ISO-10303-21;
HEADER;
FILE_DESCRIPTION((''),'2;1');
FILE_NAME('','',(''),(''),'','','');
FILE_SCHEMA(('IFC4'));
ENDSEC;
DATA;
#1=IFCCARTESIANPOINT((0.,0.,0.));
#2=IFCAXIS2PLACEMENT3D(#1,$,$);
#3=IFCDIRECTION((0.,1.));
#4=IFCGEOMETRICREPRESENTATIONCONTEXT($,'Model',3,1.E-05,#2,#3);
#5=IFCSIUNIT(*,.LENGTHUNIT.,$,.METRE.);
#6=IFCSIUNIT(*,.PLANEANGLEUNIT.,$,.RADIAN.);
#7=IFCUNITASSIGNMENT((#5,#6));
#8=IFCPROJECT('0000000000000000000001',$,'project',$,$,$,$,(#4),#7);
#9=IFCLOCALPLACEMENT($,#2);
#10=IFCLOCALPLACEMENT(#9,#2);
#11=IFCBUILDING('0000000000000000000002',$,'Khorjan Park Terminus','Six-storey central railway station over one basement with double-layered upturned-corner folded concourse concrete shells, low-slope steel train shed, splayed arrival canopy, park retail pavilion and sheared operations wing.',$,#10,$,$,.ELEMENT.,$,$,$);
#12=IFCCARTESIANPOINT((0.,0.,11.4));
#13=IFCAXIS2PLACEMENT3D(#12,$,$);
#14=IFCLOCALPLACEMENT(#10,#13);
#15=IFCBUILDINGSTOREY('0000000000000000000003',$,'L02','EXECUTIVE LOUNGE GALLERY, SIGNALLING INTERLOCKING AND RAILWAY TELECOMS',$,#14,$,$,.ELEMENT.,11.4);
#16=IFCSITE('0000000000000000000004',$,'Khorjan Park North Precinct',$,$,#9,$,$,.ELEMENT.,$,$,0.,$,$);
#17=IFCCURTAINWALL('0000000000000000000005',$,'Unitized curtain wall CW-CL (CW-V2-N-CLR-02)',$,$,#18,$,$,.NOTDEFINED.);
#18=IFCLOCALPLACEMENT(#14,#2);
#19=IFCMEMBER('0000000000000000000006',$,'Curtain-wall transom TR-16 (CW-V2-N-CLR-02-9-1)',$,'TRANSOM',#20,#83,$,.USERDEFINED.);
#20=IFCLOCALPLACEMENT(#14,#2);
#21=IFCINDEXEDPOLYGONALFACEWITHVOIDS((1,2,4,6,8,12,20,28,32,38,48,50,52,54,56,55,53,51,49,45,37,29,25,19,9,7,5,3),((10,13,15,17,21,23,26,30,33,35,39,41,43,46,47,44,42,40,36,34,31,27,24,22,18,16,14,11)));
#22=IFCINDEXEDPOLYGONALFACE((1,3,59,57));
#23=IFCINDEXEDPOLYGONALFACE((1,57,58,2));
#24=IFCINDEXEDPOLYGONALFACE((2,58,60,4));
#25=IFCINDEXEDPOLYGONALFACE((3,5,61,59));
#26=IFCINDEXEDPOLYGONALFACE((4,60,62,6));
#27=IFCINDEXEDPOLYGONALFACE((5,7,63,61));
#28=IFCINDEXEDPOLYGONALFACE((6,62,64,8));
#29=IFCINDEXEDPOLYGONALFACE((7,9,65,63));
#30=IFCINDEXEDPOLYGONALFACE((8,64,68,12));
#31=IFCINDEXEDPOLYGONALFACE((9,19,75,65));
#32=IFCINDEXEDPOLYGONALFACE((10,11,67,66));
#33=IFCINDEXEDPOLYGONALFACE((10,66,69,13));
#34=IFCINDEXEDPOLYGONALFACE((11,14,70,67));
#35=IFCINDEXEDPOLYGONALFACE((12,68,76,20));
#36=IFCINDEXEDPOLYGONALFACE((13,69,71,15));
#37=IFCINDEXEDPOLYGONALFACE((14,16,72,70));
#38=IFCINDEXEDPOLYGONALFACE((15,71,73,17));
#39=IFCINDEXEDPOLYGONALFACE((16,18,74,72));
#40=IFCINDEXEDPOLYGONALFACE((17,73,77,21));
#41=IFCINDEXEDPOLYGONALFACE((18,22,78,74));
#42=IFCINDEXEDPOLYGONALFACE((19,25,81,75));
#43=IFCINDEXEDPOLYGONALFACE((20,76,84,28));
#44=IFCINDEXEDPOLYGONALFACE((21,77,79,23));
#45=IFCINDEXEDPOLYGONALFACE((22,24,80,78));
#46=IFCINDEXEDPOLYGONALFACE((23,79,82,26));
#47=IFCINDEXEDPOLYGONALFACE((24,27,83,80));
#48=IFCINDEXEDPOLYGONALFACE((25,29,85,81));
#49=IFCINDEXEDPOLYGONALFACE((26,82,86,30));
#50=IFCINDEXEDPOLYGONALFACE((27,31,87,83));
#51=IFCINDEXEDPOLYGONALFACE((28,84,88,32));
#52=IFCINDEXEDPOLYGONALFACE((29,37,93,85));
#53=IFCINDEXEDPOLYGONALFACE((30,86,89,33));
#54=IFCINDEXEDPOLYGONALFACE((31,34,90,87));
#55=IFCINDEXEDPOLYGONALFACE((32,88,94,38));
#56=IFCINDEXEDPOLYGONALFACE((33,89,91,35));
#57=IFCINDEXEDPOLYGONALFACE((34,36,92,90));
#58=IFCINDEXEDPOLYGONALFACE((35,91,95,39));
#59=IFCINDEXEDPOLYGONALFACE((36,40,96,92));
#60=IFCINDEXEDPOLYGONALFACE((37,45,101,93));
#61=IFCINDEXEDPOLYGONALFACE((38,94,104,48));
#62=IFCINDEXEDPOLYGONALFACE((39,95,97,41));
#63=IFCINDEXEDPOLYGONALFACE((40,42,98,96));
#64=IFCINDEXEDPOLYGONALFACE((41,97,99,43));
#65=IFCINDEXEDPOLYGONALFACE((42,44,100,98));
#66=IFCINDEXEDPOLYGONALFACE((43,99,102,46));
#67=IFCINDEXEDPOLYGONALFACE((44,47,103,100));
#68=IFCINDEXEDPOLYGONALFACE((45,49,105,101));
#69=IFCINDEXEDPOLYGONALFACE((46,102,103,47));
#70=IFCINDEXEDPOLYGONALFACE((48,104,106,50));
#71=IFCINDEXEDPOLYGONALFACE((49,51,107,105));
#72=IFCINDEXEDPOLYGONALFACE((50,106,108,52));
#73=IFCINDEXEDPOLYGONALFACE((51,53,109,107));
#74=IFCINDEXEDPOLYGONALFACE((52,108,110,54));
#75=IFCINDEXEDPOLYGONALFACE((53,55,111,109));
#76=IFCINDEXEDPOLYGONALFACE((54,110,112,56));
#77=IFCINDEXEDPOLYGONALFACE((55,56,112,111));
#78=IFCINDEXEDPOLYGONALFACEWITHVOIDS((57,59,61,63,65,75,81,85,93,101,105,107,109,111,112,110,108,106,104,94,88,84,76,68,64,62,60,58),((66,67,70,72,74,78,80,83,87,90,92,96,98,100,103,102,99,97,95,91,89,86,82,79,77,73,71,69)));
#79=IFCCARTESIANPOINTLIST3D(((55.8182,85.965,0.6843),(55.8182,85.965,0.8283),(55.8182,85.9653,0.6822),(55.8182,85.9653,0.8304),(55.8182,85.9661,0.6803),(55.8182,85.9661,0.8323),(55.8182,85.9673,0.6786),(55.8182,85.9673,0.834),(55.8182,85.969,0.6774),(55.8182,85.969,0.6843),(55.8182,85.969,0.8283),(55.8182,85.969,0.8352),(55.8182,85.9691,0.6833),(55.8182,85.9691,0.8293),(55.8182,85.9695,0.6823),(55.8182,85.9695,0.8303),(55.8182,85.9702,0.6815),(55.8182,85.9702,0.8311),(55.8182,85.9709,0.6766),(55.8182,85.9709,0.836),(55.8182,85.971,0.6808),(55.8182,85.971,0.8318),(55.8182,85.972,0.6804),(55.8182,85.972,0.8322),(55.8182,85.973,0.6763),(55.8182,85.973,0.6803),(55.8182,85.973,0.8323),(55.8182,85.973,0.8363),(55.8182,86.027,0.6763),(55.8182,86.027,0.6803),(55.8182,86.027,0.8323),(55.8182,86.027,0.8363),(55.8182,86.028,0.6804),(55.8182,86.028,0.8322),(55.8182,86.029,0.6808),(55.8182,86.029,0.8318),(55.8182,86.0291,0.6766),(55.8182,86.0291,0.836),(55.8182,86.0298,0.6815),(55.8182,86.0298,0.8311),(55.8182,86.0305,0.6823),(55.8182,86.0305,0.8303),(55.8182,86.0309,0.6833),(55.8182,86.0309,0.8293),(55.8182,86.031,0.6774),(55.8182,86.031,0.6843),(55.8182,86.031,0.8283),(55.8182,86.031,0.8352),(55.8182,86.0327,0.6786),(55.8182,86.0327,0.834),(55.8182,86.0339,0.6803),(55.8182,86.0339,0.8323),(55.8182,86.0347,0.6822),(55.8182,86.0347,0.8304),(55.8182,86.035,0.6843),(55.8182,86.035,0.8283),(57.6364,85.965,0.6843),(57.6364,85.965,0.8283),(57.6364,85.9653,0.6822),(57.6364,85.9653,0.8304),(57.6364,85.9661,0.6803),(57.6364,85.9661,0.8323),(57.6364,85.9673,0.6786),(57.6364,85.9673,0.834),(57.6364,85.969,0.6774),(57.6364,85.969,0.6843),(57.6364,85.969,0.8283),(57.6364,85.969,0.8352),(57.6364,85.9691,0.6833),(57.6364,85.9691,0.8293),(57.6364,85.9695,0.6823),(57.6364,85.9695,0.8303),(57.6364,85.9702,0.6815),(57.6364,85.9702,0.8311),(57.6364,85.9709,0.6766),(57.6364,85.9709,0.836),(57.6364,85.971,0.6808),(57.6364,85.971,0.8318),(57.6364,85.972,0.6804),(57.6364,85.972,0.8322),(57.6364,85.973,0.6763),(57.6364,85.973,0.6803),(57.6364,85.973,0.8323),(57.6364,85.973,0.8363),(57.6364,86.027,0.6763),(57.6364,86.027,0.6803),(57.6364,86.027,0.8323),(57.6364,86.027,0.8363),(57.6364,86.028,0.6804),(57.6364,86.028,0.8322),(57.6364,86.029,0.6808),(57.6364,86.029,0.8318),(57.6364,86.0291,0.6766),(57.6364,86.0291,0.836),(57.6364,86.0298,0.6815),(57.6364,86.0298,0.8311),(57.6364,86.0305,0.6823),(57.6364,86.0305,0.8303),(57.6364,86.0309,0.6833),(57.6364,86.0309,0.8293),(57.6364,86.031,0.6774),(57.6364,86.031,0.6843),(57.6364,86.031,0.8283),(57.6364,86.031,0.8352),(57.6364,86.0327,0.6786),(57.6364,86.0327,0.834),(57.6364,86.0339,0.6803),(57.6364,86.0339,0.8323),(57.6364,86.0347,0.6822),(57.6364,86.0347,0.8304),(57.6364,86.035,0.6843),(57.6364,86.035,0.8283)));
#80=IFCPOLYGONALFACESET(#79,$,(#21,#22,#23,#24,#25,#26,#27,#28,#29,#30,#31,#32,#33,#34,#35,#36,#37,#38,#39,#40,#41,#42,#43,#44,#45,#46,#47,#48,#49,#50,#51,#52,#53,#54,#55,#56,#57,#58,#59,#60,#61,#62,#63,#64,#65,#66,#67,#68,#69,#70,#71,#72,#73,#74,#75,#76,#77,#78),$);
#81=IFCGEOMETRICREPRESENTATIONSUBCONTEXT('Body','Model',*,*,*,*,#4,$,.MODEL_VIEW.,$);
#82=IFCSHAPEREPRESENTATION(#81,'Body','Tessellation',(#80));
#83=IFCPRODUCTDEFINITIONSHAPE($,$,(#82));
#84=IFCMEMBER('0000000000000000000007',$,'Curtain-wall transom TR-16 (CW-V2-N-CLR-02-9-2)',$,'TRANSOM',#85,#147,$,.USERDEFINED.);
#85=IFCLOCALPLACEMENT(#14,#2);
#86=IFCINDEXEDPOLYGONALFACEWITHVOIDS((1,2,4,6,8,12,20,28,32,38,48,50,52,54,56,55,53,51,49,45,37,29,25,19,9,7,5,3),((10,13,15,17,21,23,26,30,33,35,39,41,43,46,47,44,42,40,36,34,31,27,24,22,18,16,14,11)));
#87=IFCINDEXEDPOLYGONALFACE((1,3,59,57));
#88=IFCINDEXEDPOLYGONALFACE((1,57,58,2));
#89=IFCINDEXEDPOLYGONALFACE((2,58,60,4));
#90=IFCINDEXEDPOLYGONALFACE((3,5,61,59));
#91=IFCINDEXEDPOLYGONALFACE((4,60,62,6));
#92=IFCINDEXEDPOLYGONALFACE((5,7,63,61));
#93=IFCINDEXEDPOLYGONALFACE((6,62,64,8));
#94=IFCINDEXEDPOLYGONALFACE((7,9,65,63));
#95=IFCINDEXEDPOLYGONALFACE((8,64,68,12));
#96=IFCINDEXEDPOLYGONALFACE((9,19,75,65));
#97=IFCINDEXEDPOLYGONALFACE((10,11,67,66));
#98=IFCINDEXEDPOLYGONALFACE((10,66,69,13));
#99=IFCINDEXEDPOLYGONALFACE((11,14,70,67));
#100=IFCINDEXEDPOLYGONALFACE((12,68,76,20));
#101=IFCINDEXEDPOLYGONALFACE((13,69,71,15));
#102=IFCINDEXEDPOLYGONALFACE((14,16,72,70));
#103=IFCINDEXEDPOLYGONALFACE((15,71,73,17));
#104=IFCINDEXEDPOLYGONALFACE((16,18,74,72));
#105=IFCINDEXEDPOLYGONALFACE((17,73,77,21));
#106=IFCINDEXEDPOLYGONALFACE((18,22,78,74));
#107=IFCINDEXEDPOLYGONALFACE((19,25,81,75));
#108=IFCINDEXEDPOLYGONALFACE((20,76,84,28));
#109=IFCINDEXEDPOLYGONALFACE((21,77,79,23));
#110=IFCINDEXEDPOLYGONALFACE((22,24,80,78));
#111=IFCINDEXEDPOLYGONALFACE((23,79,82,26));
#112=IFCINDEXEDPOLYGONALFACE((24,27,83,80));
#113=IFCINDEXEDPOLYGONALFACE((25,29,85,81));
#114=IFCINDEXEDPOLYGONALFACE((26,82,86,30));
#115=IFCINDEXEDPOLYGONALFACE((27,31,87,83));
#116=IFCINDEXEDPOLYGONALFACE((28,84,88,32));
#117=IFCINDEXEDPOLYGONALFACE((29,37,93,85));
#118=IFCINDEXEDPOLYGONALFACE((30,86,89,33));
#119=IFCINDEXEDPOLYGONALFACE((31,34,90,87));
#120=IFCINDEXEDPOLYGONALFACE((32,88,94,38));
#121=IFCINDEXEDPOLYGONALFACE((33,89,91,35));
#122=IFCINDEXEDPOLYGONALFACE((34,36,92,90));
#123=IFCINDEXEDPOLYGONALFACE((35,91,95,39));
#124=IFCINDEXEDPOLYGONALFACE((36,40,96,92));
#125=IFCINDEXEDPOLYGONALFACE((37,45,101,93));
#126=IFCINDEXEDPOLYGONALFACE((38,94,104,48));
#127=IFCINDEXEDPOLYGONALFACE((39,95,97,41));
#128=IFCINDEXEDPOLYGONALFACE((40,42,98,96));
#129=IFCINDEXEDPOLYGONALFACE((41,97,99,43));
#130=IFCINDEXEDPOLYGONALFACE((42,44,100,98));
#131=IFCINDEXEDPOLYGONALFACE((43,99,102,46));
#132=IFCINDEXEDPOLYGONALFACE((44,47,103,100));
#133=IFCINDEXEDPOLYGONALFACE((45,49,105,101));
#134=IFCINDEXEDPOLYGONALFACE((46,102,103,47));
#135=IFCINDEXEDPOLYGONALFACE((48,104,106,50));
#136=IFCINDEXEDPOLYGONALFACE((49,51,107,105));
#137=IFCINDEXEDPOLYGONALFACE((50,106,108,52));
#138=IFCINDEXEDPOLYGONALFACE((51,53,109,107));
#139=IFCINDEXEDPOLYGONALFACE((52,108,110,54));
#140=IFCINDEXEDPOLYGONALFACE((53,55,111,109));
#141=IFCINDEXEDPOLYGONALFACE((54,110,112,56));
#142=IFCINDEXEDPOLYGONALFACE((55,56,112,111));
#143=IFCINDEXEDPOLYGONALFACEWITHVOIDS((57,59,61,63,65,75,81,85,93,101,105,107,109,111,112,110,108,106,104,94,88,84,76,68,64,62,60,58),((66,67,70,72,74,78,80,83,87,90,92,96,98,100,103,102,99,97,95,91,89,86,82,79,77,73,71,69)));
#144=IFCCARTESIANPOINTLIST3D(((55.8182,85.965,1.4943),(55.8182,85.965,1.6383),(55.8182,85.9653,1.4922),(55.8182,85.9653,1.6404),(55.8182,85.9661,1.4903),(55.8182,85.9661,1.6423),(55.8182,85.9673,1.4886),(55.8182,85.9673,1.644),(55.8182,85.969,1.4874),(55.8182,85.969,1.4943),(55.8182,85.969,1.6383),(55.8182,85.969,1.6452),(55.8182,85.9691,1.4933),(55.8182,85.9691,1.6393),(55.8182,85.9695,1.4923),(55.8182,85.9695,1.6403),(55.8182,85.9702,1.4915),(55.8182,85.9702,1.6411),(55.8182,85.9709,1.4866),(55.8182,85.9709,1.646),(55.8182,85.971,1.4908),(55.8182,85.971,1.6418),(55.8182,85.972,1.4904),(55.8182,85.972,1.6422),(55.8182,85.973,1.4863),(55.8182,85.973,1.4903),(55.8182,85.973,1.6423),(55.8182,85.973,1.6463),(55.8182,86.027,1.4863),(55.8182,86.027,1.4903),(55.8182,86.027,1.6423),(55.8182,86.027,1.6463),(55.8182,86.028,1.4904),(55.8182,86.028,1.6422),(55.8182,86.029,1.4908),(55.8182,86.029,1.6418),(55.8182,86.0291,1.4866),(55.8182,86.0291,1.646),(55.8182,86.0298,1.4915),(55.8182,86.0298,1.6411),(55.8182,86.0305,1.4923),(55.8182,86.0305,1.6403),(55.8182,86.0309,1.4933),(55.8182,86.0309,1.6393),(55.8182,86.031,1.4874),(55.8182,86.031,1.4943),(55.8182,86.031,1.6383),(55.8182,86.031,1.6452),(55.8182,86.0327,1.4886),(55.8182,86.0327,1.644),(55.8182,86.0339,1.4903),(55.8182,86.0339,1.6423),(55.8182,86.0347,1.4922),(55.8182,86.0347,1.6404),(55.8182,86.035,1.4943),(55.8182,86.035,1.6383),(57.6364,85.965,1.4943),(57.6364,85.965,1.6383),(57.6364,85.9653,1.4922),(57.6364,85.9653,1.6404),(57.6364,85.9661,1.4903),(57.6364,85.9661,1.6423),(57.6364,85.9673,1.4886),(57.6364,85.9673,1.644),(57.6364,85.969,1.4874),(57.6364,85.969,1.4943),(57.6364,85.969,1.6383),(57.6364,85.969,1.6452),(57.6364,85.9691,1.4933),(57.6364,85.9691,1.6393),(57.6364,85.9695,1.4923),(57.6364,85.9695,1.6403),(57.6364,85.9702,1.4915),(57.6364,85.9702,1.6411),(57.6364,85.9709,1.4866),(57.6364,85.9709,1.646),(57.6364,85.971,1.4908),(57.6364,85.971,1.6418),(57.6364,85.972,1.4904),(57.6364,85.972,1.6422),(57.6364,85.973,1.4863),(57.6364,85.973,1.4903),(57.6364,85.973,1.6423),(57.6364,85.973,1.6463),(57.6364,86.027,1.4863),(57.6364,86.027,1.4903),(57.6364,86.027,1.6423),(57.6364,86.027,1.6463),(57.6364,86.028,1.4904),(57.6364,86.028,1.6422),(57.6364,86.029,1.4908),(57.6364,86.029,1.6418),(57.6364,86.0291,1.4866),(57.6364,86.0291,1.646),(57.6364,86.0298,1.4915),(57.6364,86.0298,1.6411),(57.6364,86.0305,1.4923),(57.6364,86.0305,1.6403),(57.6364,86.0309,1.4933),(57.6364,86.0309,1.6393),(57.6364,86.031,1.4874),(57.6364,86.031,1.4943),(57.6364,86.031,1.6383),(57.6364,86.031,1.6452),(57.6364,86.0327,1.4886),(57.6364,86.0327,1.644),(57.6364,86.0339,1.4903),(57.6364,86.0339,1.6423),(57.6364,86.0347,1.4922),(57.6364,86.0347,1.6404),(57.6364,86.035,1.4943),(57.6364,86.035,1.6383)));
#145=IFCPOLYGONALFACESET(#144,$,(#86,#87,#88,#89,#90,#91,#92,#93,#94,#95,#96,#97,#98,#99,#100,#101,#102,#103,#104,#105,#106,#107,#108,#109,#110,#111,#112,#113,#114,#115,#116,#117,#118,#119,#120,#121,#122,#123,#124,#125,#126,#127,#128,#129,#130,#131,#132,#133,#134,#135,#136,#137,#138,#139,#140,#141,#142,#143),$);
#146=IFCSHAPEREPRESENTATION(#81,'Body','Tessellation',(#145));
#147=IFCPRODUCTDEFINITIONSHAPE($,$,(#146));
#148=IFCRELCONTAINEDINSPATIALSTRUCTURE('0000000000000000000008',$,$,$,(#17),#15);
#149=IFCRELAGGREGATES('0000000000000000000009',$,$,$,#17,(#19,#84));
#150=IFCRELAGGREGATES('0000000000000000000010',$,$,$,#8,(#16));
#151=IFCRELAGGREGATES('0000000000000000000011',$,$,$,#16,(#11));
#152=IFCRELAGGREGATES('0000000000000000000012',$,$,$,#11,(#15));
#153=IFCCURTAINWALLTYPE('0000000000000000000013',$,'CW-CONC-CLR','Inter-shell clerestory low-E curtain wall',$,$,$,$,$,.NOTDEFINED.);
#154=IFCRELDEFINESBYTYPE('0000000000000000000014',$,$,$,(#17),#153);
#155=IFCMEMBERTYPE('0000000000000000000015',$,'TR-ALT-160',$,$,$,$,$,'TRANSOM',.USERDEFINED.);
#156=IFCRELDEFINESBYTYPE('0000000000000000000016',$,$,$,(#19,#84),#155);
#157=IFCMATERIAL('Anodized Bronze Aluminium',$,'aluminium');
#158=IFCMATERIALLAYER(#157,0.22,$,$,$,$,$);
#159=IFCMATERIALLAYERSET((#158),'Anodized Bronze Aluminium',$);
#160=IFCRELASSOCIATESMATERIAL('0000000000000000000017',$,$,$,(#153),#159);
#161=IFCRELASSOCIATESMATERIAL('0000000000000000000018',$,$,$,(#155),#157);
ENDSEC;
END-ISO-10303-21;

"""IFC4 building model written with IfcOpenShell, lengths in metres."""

from ifc_helpers import new_model, si_unit, direction, frame, origin, origin_2d, place, context, subcontext, project, spatial, hollow_rectangle, extrude, material, layer, layer_set, material_profile, profile_set, type_object, element, aggregate, save


model = new_model("IFC4")

# Units and contexts
model_context = context("Model", 3, precision=1e-05, world=origin(), true_north=direction((0.0, 1.0)))
body_context = subcontext(model_context, "Body", "Model", "MODEL_VIEW")
ifc_project = project(units=[si_unit("LENGTHUNIT", "METRE"), si_unit("PLANEANGLEUNIT", "RADIAN")], contexts=[model_context])

# Site, building, storey
site_placement = place(None, origin())
site = spatial("IfcSite", under=ifc_project, at=site_placement, Name="Khorjan Park North Precinct", CompositionType="ELEMENT", RefElevation=0.0)
building_placement = place(site_placement, origin())
building = spatial("IfcBuilding", under=site, at=building_placement, Name="Khorjan Park Terminus", Description="Six-storey central railway station over one basement with double-layered upturned-corner folded concourse concrete shells, low-slope steel train shed, splayed arrival canopy, park retail pavilion and sheared operations wing.", CompositionType="ELEMENT")
storey_placement = place(building_placement, frame((0.0, 0.0, 11.4)))
storey = spatial("IfcBuildingStorey", under=building, at=storey_placement, Name="L02", Description="EXECUTIVE LOUNGE GALLERY, SIGNALLING INTERLOCKING AND RAILWAY TELECOMS", CompositionType="ELEMENT", Elevation=11.4)

# Curtain wall, members
ifc_material_1 = material(Name="Anodized Bronze Aluminium", Category="aluminium")
ifc_layer_1 = layer(ifc_material_1, 0.22)
ifc_layer_set_1 = layer_set([ifc_layer_1], Name="Anodized Bronze Aluminium")
curtain_wall_type = type_object("IfcCurtainWallType", Name="CW-CONC-CLR", Description="Inter-shell clerestory low-E curtain wall", PredefinedType="NOTDEFINED", material=ifc_layer_set_1)
curtain_wall_placement = place(storey_placement, origin())
curtain_wall = element("IfcCurtainWall", 1, at=curtain_wall_placement, inside=storey, type_object=curtain_wall_type, Name="Unitized curtain wall CW-CL (CW-V2-N-CLR-02)", PredefinedType="NOTDEFINED")
ifc_material_profile_1 = material_profile(ifc_material_1, hollow_rectangle(XDim=0.07, YDim=0.16, WallThickness=0.004, InnerFilletRadius=0.004, OuterFilletRadius=0.008, at=origin_2d()), Name="ALT 70x160x4")
ifc_profile_set_1 = profile_set([ifc_material_profile_1], Name="Anodized Bronze Aluminium")
member_type_1 = type_object("IfcMemberType", Name="TR-ALT-160", ElementType="TRANSOM", PredefinedType="USERDEFINED", material=ifc_profile_set_1)
member_1_placement = place(storey_placement, frame((57.6364, 86.0, 0.7563), z_axis=(-1.0, 0.0, 0.0), x_axis=(0.0, -1.0, 0.0)))
member_1 = element("IfcMember", 2, at=member_1_placement, type_object=member_type_1, Name="Curtain-wall transom TR-16 (CW-V2-N-CLR-02-9-1)", ObjectType="TRANSOM", PredefinedType="USERDEFINED", context=body_context, shape_type="SweptSolid", body=[
    extrude(hollow_rectangle(XDim=0.07, YDim=0.16, WallThickness=0.004, InnerFilletRadius=0.004, OuterFilletRadius=0.008, at=origin_2d()), origin(), (0.0, 0.0, 1.0), 1.8182),
])
member_2_placement = place(storey_placement, frame((57.6364, 86.0, 1.5663), z_axis=(-1.0, 0.0, 0.0), x_axis=(0.0, -1.0, 0.0)))
member_2 = element("IfcMember", 3, at=member_2_placement, type_object=member_type_1, Name="Curtain-wall transom TR-16 (CW-V2-N-CLR-02-9-2)", ObjectType="TRANSOM", PredefinedType="USERDEFINED", context=body_context, shape_type="SweptSolid", body=[
    extrude(hollow_rectangle(XDim=0.07, YDim=0.16, WallThickness=0.004, InnerFilletRadius=0.004, OuterFilletRadius=0.008, at=origin_2d()), origin(), (0.0, 0.0, 1.0), 1.8182),
])

aggregate(curtain_wall, [member_1, member_2])

save(model, "model.ifc")
